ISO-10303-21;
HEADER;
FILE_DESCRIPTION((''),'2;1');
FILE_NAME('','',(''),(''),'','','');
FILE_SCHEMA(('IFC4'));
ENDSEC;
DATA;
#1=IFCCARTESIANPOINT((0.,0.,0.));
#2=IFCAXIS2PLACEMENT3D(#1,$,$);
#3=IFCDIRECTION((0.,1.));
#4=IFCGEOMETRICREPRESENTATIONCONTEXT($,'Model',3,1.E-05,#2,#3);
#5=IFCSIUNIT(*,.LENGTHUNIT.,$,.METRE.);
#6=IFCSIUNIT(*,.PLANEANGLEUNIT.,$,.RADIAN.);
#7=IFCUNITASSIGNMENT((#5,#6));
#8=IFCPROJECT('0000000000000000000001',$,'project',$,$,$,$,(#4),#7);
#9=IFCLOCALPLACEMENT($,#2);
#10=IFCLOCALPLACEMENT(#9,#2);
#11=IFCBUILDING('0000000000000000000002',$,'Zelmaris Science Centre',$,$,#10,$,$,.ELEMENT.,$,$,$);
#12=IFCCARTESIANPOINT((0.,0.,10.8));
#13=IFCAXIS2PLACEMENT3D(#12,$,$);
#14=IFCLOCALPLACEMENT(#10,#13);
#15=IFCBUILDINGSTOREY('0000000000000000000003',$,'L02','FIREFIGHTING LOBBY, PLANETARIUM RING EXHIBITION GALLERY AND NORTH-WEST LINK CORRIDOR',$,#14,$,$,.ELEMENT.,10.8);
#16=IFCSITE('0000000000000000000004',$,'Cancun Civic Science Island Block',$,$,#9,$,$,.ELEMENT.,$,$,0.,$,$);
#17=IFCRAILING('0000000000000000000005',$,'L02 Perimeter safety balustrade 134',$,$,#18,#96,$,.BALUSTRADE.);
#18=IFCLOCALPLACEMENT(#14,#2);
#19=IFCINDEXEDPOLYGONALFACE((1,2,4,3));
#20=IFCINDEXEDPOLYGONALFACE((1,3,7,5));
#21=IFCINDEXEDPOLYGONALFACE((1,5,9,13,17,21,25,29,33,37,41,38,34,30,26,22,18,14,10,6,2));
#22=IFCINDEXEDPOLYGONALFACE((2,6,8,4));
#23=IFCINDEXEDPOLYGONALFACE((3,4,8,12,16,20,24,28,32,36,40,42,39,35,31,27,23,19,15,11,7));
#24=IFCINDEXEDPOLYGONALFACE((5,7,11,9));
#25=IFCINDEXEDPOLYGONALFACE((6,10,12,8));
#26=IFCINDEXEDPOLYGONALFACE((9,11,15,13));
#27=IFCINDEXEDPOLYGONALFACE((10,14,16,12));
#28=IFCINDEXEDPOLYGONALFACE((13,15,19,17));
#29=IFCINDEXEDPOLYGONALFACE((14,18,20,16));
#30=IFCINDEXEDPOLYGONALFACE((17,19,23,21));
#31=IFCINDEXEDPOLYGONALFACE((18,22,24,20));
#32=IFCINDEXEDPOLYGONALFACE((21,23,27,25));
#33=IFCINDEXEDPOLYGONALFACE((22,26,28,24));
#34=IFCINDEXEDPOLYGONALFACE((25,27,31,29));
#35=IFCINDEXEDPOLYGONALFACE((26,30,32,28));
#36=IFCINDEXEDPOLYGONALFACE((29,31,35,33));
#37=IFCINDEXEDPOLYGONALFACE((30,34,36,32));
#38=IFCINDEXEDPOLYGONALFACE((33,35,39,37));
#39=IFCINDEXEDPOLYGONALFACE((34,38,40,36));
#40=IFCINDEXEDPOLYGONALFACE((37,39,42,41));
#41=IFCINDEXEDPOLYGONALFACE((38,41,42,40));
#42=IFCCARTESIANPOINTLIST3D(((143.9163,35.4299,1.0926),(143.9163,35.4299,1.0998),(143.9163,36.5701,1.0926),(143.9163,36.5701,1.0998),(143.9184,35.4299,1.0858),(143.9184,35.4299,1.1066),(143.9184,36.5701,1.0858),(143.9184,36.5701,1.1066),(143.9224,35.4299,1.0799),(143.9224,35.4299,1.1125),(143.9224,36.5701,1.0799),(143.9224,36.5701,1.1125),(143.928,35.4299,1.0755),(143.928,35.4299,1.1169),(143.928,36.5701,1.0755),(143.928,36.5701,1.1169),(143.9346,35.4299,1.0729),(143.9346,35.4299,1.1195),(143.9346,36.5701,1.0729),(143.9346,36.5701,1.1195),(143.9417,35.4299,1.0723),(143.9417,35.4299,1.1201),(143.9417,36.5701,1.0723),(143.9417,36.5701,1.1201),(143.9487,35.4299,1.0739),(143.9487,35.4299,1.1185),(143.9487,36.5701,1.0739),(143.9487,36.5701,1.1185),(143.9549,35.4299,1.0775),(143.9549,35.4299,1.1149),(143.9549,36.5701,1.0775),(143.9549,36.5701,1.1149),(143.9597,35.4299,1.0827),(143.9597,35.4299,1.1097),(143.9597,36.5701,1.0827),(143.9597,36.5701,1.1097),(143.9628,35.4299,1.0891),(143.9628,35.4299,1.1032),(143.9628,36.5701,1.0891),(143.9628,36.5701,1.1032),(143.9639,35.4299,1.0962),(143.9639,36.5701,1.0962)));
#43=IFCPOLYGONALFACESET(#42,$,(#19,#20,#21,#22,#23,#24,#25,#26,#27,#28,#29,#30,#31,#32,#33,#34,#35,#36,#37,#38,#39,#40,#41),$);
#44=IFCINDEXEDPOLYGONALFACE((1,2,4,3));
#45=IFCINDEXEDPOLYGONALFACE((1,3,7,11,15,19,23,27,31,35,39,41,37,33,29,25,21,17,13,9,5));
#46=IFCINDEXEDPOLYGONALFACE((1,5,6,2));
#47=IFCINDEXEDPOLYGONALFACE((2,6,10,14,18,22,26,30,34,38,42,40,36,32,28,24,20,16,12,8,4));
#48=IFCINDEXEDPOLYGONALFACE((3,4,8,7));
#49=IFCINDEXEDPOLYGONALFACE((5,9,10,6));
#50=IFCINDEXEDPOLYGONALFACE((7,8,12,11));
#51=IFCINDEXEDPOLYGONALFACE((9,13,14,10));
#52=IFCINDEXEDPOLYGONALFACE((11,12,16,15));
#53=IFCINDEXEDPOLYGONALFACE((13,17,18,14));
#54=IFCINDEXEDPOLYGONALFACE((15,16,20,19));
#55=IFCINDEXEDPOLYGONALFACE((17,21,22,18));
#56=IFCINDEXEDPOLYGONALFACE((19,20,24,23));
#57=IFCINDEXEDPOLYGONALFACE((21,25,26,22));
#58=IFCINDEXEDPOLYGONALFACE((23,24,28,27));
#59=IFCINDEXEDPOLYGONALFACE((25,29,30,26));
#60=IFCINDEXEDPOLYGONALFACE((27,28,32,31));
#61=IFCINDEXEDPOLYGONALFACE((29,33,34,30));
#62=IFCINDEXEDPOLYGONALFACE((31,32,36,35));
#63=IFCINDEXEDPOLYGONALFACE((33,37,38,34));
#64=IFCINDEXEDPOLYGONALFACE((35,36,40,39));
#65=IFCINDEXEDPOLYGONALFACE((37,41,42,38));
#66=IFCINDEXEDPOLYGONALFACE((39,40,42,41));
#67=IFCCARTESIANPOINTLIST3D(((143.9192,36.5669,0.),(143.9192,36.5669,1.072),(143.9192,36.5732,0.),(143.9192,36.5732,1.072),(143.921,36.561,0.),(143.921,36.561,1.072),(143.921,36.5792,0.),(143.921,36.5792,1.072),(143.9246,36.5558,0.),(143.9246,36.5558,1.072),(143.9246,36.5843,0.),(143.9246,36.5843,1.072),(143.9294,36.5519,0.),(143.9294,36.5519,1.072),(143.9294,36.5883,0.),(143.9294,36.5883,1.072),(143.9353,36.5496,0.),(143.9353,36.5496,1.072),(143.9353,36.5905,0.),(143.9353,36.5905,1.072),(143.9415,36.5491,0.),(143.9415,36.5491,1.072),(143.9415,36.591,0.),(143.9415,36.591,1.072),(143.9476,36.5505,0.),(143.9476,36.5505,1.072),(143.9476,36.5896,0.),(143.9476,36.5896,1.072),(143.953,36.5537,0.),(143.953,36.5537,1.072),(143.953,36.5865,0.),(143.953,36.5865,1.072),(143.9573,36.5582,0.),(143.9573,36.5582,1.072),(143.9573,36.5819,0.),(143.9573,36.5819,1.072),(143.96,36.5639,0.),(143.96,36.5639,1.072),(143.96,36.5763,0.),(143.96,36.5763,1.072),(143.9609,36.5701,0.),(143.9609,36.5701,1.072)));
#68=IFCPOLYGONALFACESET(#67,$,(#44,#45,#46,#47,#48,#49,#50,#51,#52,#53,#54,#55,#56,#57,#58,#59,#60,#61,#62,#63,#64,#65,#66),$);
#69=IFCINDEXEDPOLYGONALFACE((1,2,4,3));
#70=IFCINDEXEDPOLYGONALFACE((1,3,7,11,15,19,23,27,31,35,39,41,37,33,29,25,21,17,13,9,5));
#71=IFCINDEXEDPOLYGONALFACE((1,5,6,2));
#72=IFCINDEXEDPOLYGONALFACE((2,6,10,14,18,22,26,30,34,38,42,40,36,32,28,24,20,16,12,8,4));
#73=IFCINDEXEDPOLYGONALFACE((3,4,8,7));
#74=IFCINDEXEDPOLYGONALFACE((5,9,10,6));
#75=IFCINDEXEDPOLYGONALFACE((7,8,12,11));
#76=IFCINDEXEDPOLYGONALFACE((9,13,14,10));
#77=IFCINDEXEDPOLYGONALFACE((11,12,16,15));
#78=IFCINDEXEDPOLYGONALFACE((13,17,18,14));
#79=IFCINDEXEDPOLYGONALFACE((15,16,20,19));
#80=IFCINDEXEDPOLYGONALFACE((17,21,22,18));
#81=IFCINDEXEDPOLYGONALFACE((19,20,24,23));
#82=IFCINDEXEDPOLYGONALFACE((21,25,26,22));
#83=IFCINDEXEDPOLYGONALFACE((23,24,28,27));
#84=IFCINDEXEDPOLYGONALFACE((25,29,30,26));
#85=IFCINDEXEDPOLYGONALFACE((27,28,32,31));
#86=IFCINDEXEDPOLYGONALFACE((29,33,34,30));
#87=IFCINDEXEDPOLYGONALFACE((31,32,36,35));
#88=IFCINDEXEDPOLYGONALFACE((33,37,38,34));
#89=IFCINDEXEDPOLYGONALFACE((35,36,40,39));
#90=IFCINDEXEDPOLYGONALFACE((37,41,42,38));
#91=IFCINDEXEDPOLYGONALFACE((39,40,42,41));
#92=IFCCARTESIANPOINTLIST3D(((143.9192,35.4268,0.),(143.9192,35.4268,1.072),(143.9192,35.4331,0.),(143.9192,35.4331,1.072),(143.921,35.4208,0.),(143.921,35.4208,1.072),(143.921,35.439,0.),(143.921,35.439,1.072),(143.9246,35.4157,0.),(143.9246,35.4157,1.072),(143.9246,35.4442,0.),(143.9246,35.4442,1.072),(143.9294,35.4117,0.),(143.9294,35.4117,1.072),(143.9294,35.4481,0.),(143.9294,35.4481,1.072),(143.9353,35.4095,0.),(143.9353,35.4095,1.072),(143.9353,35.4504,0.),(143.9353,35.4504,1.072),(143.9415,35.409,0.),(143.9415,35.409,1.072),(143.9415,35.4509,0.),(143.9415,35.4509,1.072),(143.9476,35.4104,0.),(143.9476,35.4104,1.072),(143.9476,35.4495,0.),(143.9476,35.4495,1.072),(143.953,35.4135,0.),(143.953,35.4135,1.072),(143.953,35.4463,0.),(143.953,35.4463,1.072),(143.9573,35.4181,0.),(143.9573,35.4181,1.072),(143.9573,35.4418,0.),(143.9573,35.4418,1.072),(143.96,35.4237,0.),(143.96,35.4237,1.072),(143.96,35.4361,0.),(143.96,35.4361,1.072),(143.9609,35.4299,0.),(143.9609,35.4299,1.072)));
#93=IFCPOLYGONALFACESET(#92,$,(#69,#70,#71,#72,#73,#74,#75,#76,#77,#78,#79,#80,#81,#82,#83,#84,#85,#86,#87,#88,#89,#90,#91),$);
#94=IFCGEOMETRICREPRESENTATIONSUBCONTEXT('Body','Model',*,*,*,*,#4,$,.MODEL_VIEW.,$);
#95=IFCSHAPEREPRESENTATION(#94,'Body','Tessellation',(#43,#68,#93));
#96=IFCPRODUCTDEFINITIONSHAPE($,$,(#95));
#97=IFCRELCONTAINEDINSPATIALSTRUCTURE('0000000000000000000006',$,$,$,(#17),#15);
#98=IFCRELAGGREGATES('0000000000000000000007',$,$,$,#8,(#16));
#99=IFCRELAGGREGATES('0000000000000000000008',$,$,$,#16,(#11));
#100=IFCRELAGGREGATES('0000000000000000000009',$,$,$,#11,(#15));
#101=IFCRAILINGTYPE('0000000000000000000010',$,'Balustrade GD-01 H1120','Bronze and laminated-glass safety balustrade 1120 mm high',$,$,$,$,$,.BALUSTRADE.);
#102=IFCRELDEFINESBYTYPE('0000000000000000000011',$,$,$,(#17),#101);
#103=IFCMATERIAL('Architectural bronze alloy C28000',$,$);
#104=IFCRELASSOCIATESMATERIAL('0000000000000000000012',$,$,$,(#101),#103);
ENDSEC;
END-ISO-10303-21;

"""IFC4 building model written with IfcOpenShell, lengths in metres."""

from ifc_helpers import new_model, si_unit, direction, frame, origin, origin_2d, place, context, subcontext, project, spatial, circle, extrude, material, type_object, element, save


model = new_model("IFC4")

# Units and contexts
model_context = context("Model", 3, precision=1e-05, world=origin(), true_north=direction((0.0, 1.0)))
body_context = subcontext(model_context, "Body", "Model", "MODEL_VIEW")
ifc_project = project(units=[si_unit("LENGTHUNIT", "METRE"), si_unit("PLANEANGLEUNIT", "RADIAN")], contexts=[model_context])

# Site, building, storey
site_placement = place(None, origin())
site = spatial("IfcSite", under=ifc_project, at=site_placement, Name="Cancun Civic Science Island Block", CompositionType="ELEMENT", RefElevation=0.0)
building_placement = place(site_placement, origin())
building = spatial("IfcBuilding", under=site, at=building_placement, Name="Zelmaris Science Centre", CompositionType="ELEMENT")
storey_placement = place(building_placement, frame((0.0, 0.0, 10.8)))
storey = spatial("IfcBuildingStorey", under=building, at=storey_placement, Name="L02", Description="FIREFIGHTING LOBBY, PLANETARIUM RING EXHIBITION GALLERY AND NORTH-WEST LINK CORRIDOR", CompositionType="ELEMENT", Elevation=10.8)

# Railing
ifc_material_1 = material(Name="Architectural bronze alloy C28000")
railing_type = type_object("IfcRailingType", Name="Balustrade GD-01 H1120", Description="Bronze and laminated-glass safety balustrade 1120 mm high", PredefinedType="BALUSTRADE", material=ifc_material_1)
railing_placement = place(storey_placement, frame((143.9399, 36.5701, 0.0)))
element("IfcRailing", 1, at=railing_placement, inside=storey, type_object=railing_type, Name="L02 Perimeter safety balustrade 134", PredefinedType="BALUSTRADE", context=body_context, shape_type="SweptSolid", body=[
    extrude(circle(Radius=0.0239, at=origin_2d()), frame((0.0, 0.0, 1.0962), z_axis=(0.0, -1.0, 0.0), x_axis=(1.0, 0.0, 0.0)), (0.0, 0.0, 1.0), 1.1401),
    extrude(circle(Radius=0.021, at=origin_2d()), origin(), (0.0, 0.0, 1.0), 1.072),
    extrude(circle(Radius=0.021, at=origin_2d()), frame((0.0, -1.1401, 0.0)), (0.0, 0.0, 1.0), 1.072),
])

save(model, "model.ifc")
